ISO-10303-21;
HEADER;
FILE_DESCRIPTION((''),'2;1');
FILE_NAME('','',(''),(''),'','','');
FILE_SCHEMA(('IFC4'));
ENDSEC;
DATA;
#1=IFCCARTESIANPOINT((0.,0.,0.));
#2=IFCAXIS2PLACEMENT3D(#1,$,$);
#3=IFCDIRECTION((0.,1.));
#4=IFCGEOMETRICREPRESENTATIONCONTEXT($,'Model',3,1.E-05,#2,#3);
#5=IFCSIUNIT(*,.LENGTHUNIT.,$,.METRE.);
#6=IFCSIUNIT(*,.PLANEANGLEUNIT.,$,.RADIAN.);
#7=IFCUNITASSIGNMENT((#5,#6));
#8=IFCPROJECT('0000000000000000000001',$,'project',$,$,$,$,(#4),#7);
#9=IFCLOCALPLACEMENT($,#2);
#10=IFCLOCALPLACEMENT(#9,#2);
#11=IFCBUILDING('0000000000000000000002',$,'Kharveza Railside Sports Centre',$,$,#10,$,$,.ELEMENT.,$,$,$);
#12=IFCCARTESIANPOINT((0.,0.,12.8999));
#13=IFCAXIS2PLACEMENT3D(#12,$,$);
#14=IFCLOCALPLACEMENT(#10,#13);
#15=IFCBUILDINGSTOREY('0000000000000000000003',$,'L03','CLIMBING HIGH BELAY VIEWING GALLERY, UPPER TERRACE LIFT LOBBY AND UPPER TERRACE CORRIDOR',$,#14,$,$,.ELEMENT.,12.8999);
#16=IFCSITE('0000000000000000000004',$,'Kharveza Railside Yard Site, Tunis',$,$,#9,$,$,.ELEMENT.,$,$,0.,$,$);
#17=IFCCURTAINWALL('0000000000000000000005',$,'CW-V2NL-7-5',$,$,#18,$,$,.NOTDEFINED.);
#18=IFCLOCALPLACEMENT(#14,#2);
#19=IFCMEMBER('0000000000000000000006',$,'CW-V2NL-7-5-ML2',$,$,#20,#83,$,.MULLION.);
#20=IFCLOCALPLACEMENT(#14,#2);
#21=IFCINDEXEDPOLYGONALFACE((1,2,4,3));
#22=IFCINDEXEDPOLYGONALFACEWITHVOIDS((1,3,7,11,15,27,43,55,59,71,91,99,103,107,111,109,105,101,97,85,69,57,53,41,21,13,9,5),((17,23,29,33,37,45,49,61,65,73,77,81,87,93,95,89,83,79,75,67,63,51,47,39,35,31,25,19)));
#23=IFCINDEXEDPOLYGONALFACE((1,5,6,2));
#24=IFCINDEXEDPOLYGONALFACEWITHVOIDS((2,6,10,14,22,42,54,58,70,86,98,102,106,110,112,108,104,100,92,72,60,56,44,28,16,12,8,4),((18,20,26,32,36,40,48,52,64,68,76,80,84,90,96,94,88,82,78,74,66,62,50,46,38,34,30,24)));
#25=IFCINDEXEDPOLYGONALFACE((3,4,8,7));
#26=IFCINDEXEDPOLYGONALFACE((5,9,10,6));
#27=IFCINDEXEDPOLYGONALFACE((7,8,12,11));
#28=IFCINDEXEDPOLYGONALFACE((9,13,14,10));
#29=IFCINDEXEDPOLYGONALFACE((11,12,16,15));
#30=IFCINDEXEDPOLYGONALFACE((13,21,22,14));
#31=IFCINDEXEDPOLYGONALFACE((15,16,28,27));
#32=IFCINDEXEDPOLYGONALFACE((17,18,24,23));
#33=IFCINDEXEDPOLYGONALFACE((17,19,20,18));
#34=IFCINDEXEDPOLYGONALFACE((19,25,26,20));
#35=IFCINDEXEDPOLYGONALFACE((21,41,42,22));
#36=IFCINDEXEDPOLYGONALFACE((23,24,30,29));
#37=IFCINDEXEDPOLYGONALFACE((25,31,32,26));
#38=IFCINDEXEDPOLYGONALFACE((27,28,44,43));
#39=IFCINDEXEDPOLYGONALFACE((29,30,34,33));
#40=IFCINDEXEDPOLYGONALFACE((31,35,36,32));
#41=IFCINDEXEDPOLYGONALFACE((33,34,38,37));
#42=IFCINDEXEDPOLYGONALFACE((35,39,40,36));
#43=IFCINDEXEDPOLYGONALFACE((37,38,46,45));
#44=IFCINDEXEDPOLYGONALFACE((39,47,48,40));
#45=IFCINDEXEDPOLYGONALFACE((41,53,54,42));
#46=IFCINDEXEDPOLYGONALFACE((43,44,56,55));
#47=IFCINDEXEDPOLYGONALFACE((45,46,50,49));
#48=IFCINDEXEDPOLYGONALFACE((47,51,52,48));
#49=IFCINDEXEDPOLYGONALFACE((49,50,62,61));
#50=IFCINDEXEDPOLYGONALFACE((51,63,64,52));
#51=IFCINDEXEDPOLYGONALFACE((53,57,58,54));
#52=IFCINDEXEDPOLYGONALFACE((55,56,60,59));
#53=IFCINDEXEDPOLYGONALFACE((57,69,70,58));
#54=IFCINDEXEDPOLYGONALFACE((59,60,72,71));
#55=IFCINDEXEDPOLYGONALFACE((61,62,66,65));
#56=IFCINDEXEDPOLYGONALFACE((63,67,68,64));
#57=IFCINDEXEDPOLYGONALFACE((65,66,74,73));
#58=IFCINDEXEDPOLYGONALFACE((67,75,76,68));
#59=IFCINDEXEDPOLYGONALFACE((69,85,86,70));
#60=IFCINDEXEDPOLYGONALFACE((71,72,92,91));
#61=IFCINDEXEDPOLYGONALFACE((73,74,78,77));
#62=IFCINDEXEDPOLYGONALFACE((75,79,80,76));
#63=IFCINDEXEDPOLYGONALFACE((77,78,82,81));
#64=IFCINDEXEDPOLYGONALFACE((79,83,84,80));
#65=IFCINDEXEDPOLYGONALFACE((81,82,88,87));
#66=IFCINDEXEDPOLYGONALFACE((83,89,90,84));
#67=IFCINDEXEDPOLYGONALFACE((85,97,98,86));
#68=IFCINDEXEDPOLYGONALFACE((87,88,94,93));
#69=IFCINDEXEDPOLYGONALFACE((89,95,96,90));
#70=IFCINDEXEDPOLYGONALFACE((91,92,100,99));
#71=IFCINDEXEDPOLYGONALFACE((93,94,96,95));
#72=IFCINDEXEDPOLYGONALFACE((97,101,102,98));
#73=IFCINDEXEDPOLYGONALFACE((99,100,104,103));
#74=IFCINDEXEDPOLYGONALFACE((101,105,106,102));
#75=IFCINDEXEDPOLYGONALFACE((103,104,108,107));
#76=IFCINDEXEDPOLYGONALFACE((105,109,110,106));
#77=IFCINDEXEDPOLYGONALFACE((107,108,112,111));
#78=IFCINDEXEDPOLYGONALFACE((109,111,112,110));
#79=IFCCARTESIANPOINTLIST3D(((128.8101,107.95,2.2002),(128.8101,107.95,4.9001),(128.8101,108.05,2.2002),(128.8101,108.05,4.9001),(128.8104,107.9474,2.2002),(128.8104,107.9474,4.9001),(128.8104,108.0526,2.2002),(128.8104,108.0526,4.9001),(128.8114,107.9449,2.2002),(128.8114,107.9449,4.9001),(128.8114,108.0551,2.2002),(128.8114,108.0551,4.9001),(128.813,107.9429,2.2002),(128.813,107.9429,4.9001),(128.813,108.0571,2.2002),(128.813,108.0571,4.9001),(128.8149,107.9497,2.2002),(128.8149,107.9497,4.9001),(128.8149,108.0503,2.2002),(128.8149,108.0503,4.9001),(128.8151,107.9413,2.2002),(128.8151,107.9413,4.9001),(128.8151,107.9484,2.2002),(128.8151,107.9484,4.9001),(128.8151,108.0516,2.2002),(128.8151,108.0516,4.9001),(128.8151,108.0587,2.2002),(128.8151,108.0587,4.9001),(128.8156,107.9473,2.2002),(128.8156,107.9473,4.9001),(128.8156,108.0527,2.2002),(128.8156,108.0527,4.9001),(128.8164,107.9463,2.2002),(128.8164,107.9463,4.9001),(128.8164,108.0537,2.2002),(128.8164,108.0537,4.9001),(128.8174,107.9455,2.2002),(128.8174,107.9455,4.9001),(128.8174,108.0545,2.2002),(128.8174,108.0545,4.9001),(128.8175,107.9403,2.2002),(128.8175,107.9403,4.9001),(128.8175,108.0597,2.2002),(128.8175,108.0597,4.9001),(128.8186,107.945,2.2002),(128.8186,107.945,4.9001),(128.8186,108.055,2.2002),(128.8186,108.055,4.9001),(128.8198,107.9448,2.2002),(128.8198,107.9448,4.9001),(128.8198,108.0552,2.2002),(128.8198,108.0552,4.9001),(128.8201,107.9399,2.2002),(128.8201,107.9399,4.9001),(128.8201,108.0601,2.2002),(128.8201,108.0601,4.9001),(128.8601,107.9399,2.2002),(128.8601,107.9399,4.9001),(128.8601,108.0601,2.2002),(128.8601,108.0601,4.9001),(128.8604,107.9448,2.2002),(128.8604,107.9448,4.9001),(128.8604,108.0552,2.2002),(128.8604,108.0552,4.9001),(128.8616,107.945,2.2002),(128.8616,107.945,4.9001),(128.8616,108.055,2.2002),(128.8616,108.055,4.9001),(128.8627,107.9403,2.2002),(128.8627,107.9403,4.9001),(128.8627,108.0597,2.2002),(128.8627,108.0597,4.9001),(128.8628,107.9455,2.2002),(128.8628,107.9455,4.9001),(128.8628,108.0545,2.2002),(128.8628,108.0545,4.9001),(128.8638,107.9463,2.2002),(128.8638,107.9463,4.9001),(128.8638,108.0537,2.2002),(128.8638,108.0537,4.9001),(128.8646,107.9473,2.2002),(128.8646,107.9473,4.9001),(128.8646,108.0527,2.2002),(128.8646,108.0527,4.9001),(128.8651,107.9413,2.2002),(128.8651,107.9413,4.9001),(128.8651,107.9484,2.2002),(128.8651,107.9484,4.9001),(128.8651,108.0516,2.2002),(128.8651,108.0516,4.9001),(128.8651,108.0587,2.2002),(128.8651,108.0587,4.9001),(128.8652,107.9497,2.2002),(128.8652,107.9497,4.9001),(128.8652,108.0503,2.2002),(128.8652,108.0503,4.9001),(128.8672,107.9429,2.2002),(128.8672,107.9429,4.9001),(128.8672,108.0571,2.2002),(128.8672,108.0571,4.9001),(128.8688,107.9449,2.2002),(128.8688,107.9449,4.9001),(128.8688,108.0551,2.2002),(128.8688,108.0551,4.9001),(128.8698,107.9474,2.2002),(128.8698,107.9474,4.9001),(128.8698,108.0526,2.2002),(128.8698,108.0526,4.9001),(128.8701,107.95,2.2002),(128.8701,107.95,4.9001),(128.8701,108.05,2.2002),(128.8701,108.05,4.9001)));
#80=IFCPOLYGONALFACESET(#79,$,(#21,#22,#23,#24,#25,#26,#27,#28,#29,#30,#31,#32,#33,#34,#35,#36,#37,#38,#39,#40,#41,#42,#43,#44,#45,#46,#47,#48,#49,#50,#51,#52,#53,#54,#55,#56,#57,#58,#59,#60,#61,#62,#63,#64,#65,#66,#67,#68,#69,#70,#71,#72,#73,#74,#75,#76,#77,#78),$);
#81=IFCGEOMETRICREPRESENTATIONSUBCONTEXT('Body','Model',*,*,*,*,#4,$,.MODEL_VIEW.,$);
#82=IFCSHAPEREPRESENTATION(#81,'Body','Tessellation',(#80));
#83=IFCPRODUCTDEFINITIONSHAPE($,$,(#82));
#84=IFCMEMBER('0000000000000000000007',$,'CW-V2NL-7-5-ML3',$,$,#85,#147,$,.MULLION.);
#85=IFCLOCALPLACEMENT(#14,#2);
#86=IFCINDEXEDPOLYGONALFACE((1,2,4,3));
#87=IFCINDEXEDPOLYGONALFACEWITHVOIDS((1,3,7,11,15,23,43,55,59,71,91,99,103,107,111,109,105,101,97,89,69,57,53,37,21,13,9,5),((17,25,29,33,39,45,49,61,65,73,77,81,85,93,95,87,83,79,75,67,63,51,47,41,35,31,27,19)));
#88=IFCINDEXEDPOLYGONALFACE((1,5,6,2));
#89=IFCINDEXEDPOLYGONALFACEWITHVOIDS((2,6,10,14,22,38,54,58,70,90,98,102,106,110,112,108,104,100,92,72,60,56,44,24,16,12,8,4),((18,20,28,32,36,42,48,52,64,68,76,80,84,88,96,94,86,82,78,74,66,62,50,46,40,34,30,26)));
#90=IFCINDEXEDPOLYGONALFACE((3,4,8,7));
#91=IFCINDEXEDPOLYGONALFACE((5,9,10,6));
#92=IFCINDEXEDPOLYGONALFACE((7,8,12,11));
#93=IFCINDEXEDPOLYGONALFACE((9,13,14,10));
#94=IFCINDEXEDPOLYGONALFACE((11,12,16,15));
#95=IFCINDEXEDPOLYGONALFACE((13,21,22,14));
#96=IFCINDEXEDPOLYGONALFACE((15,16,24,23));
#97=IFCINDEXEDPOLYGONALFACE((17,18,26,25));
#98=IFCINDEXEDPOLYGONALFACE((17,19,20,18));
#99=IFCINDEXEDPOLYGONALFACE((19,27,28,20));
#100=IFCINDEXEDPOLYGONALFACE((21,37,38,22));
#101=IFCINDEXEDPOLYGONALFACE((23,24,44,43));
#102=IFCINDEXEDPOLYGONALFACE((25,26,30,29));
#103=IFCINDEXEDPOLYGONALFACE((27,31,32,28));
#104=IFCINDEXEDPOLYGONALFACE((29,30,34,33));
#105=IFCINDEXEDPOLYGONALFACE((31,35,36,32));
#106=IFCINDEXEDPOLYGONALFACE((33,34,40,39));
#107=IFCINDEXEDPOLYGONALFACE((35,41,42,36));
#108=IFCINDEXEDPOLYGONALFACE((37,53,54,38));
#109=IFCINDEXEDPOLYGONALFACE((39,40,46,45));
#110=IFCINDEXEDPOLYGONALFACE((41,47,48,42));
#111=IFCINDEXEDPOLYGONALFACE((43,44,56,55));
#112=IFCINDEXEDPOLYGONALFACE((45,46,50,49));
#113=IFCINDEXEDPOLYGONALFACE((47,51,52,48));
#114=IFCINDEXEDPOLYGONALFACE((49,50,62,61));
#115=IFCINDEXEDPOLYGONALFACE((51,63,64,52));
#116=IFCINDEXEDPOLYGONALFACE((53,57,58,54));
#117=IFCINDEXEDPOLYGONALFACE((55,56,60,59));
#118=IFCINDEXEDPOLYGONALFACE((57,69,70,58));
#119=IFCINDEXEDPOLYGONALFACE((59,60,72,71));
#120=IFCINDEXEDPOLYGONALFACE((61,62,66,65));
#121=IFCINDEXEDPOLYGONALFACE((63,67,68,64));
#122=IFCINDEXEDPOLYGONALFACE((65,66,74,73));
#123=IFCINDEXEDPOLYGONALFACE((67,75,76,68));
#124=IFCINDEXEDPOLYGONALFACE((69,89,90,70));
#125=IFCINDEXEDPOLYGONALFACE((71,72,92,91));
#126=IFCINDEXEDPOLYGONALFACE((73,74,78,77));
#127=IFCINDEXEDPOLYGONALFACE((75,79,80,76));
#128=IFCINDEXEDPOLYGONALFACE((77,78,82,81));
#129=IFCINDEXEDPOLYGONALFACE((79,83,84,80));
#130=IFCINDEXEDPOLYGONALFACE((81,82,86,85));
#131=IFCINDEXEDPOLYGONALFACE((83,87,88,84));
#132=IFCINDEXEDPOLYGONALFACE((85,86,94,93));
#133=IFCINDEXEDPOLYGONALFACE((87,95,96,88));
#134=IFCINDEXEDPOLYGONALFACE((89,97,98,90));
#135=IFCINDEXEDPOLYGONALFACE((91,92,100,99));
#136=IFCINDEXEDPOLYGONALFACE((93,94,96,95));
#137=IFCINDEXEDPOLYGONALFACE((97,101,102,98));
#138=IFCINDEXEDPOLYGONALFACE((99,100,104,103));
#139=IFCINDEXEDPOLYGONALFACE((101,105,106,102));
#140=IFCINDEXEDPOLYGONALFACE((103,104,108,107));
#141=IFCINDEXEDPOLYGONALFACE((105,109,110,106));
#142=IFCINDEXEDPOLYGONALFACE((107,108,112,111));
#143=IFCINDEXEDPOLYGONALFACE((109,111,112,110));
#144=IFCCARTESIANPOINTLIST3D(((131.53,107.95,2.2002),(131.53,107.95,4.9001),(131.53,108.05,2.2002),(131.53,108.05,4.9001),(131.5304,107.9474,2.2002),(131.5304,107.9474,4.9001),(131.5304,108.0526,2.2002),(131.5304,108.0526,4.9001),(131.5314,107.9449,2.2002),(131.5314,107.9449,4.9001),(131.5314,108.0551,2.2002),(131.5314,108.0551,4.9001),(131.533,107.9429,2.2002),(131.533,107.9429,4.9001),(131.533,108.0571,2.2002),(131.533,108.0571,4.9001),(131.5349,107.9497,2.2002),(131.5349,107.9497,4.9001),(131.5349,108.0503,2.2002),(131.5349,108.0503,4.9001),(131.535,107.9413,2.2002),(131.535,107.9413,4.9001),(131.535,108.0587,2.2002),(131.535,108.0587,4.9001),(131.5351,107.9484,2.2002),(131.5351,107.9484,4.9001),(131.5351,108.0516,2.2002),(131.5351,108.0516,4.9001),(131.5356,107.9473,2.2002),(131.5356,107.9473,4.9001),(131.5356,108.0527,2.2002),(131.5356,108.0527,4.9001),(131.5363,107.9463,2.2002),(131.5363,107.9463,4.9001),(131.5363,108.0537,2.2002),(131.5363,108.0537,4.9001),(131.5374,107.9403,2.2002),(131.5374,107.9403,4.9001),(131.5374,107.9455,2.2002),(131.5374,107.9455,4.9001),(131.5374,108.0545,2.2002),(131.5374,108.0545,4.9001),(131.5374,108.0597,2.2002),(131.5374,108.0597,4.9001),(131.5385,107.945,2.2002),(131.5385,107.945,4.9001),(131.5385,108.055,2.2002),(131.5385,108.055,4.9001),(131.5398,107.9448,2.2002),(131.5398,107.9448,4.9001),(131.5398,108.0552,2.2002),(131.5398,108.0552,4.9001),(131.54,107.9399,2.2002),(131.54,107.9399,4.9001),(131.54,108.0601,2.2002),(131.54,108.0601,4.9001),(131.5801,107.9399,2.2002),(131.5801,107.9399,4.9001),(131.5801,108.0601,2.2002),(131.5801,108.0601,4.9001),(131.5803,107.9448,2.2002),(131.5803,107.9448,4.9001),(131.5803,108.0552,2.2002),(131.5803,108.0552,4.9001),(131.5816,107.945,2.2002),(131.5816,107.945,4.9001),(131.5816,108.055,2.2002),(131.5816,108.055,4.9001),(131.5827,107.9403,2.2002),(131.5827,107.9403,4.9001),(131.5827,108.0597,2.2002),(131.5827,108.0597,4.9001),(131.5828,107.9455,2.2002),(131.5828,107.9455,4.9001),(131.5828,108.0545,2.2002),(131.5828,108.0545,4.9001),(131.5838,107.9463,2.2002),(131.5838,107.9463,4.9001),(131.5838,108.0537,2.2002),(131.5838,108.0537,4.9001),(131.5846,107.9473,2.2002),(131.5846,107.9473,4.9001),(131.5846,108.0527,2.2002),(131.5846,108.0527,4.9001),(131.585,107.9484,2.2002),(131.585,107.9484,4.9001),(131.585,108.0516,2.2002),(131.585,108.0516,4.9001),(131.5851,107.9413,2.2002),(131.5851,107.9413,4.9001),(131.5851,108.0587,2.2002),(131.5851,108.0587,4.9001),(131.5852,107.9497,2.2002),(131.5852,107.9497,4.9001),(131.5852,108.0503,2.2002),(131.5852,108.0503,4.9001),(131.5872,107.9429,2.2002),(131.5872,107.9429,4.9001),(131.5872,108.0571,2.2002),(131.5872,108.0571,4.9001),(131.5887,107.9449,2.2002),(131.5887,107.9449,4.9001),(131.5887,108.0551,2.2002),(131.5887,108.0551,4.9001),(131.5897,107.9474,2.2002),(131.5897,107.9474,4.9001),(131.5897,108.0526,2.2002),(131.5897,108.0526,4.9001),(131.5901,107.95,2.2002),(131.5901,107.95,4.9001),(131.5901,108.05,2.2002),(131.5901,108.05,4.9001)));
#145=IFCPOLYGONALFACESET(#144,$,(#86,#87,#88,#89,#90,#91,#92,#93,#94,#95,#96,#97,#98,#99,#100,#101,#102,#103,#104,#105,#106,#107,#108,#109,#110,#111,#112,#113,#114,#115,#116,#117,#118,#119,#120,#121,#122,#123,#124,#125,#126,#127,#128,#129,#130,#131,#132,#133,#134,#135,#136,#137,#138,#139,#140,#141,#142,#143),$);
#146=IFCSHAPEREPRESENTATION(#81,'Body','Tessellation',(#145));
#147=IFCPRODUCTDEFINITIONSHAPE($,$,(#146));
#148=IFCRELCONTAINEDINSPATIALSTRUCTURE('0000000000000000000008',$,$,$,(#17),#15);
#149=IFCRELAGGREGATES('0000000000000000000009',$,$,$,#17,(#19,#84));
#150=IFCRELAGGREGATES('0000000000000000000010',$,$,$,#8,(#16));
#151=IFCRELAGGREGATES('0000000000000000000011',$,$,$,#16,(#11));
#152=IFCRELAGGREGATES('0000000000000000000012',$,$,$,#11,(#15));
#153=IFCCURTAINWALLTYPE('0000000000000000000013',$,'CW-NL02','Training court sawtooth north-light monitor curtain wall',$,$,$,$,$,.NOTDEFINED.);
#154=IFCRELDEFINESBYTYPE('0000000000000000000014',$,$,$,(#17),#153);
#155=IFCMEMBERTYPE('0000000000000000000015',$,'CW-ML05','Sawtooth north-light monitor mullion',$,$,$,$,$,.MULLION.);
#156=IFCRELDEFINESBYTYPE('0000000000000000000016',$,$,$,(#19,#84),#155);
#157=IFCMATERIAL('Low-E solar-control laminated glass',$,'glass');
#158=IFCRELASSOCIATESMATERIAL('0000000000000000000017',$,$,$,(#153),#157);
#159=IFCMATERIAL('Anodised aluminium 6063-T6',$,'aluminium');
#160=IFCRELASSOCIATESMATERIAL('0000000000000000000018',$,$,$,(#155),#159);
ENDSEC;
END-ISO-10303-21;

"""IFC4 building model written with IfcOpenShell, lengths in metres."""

from ifc_helpers import new_model, si_unit, direction, frame, origin, origin_2d, place, context, subcontext, project, spatial, hollow_rectangle, extrude, material, material_profile, profile_set, type_object, element, aggregate, save


model = new_model("IFC4")

# Units and contexts
model_context = context("Model", 3, precision=1e-05, world=origin(), true_north=direction((0.0, 1.0)))
body_context = subcontext(model_context, "Body", "Model", "MODEL_VIEW")
ifc_project = project(units=[si_unit("LENGTHUNIT", "METRE"), si_unit("PLANEANGLEUNIT", "RADIAN")], contexts=[model_context])

# Site, building, storey
site_placement = place(None, origin())
site = spatial("IfcSite", under=ifc_project, at=site_placement, Name="Kharveza Railside Yard Site, Tunis", CompositionType="ELEMENT", RefElevation=0.0)
building_placement = place(site_placement, origin())
building = spatial("IfcBuilding", under=site, at=building_placement, Name="Kharveza Railside Sports Centre", CompositionType="ELEMENT")
storey_placement = place(building_placement, frame((0.0, 0.0, 12.8999)))
storey = spatial("IfcBuildingStorey", under=building, at=storey_placement, Name="L03", Description="CLIMBING HIGH BELAY VIEWING GALLERY, UPPER TERRACE LIFT LOBBY AND UPPER TERRACE CORRIDOR", CompositionType="ELEMENT", Elevation=12.8999)

# Curtain wall, members
ifc_material_1 = material(Name="Low-E solar-control laminated glass", Category="glass")
curtain_wall_type = type_object("IfcCurtainWallType", Name="CW-NL02", Description="Training court sawtooth north-light monitor curtain wall", PredefinedType="NOTDEFINED", material=ifc_material_1)
ifc_material_2 = material(Name="Anodised aluminium 6063-T6", Category="aluminium")
ifc_material_profile_1 = material_profile(ifc_material_2, hollow_rectangle(XDim=0.0601, YDim=0.1201, WallThickness=0.0049, InnerFilletRadius=0.0049, OuterFilletRadius=0.01, at=origin_2d()), Name="RHS 60x120x5.0")
ifc_profile_set_1 = profile_set([ifc_material_profile_1], Name="Anodised aluminium 6063-T6")
member_type_1 = type_object("IfcMemberType", Name="CW-ML05", Description="Sawtooth north-light monitor mullion", PredefinedType="MULLION", material=ifc_profile_set_1)
curtain_wall_1_placement = place(storey_placement, origin())
curtain_wall_1 = element("IfcCurtainWall", 1, at=curtain_wall_1_placement, inside=storey, type_object=curtain_wall_type, Name="CW-V2NL-7-5", PredefinedType="NOTDEFINED")
member_1_placement = place(storey_placement, frame((128.8401, 108.0, 2.2002), z_axis=(0.0, 0.0, 1.0), x_axis=(1.0, 0.0, 0.0)))
member_1 = element("IfcMember", 2, at=member_1_placement, type_object=member_type_1, Name="CW-V2NL-7-5-ML2", PredefinedType="MULLION", context=body_context, shape_type="SweptSolid", body=[
    extrude(hollow_rectangle(XDim=0.0601, YDim=0.1201, WallThickness=0.0049, InnerFilletRadius=0.0049, OuterFilletRadius=0.01, at=origin_2d()), origin(), (0.0, 0.0, 1.0), 2.7),
])
member_2_placement = place(storey_placement, frame((131.5601, 108.0, 2.2002), z_axis=(0.0, 0.0, 1.0), x_axis=(1.0, 0.0, 0.0)))
member_2 = element("IfcMember", 3, at=member_2_placement, type_object=member_type_1, Name="CW-V2NL-7-5-ML3", PredefinedType="MULLION", context=body_context, shape_type="SweptSolid", body=[
    extrude(hollow_rectangle(XDim=0.0601, YDim=0.1201, WallThickness=0.0049, InnerFilletRadius=0.0049, OuterFilletRadius=0.01, at=origin_2d()), origin(), (0.0, 0.0, 1.0), 2.7),
])

aggregate(curtain_wall_1, [member_1, member_2])

save(model, "model.ifc")
